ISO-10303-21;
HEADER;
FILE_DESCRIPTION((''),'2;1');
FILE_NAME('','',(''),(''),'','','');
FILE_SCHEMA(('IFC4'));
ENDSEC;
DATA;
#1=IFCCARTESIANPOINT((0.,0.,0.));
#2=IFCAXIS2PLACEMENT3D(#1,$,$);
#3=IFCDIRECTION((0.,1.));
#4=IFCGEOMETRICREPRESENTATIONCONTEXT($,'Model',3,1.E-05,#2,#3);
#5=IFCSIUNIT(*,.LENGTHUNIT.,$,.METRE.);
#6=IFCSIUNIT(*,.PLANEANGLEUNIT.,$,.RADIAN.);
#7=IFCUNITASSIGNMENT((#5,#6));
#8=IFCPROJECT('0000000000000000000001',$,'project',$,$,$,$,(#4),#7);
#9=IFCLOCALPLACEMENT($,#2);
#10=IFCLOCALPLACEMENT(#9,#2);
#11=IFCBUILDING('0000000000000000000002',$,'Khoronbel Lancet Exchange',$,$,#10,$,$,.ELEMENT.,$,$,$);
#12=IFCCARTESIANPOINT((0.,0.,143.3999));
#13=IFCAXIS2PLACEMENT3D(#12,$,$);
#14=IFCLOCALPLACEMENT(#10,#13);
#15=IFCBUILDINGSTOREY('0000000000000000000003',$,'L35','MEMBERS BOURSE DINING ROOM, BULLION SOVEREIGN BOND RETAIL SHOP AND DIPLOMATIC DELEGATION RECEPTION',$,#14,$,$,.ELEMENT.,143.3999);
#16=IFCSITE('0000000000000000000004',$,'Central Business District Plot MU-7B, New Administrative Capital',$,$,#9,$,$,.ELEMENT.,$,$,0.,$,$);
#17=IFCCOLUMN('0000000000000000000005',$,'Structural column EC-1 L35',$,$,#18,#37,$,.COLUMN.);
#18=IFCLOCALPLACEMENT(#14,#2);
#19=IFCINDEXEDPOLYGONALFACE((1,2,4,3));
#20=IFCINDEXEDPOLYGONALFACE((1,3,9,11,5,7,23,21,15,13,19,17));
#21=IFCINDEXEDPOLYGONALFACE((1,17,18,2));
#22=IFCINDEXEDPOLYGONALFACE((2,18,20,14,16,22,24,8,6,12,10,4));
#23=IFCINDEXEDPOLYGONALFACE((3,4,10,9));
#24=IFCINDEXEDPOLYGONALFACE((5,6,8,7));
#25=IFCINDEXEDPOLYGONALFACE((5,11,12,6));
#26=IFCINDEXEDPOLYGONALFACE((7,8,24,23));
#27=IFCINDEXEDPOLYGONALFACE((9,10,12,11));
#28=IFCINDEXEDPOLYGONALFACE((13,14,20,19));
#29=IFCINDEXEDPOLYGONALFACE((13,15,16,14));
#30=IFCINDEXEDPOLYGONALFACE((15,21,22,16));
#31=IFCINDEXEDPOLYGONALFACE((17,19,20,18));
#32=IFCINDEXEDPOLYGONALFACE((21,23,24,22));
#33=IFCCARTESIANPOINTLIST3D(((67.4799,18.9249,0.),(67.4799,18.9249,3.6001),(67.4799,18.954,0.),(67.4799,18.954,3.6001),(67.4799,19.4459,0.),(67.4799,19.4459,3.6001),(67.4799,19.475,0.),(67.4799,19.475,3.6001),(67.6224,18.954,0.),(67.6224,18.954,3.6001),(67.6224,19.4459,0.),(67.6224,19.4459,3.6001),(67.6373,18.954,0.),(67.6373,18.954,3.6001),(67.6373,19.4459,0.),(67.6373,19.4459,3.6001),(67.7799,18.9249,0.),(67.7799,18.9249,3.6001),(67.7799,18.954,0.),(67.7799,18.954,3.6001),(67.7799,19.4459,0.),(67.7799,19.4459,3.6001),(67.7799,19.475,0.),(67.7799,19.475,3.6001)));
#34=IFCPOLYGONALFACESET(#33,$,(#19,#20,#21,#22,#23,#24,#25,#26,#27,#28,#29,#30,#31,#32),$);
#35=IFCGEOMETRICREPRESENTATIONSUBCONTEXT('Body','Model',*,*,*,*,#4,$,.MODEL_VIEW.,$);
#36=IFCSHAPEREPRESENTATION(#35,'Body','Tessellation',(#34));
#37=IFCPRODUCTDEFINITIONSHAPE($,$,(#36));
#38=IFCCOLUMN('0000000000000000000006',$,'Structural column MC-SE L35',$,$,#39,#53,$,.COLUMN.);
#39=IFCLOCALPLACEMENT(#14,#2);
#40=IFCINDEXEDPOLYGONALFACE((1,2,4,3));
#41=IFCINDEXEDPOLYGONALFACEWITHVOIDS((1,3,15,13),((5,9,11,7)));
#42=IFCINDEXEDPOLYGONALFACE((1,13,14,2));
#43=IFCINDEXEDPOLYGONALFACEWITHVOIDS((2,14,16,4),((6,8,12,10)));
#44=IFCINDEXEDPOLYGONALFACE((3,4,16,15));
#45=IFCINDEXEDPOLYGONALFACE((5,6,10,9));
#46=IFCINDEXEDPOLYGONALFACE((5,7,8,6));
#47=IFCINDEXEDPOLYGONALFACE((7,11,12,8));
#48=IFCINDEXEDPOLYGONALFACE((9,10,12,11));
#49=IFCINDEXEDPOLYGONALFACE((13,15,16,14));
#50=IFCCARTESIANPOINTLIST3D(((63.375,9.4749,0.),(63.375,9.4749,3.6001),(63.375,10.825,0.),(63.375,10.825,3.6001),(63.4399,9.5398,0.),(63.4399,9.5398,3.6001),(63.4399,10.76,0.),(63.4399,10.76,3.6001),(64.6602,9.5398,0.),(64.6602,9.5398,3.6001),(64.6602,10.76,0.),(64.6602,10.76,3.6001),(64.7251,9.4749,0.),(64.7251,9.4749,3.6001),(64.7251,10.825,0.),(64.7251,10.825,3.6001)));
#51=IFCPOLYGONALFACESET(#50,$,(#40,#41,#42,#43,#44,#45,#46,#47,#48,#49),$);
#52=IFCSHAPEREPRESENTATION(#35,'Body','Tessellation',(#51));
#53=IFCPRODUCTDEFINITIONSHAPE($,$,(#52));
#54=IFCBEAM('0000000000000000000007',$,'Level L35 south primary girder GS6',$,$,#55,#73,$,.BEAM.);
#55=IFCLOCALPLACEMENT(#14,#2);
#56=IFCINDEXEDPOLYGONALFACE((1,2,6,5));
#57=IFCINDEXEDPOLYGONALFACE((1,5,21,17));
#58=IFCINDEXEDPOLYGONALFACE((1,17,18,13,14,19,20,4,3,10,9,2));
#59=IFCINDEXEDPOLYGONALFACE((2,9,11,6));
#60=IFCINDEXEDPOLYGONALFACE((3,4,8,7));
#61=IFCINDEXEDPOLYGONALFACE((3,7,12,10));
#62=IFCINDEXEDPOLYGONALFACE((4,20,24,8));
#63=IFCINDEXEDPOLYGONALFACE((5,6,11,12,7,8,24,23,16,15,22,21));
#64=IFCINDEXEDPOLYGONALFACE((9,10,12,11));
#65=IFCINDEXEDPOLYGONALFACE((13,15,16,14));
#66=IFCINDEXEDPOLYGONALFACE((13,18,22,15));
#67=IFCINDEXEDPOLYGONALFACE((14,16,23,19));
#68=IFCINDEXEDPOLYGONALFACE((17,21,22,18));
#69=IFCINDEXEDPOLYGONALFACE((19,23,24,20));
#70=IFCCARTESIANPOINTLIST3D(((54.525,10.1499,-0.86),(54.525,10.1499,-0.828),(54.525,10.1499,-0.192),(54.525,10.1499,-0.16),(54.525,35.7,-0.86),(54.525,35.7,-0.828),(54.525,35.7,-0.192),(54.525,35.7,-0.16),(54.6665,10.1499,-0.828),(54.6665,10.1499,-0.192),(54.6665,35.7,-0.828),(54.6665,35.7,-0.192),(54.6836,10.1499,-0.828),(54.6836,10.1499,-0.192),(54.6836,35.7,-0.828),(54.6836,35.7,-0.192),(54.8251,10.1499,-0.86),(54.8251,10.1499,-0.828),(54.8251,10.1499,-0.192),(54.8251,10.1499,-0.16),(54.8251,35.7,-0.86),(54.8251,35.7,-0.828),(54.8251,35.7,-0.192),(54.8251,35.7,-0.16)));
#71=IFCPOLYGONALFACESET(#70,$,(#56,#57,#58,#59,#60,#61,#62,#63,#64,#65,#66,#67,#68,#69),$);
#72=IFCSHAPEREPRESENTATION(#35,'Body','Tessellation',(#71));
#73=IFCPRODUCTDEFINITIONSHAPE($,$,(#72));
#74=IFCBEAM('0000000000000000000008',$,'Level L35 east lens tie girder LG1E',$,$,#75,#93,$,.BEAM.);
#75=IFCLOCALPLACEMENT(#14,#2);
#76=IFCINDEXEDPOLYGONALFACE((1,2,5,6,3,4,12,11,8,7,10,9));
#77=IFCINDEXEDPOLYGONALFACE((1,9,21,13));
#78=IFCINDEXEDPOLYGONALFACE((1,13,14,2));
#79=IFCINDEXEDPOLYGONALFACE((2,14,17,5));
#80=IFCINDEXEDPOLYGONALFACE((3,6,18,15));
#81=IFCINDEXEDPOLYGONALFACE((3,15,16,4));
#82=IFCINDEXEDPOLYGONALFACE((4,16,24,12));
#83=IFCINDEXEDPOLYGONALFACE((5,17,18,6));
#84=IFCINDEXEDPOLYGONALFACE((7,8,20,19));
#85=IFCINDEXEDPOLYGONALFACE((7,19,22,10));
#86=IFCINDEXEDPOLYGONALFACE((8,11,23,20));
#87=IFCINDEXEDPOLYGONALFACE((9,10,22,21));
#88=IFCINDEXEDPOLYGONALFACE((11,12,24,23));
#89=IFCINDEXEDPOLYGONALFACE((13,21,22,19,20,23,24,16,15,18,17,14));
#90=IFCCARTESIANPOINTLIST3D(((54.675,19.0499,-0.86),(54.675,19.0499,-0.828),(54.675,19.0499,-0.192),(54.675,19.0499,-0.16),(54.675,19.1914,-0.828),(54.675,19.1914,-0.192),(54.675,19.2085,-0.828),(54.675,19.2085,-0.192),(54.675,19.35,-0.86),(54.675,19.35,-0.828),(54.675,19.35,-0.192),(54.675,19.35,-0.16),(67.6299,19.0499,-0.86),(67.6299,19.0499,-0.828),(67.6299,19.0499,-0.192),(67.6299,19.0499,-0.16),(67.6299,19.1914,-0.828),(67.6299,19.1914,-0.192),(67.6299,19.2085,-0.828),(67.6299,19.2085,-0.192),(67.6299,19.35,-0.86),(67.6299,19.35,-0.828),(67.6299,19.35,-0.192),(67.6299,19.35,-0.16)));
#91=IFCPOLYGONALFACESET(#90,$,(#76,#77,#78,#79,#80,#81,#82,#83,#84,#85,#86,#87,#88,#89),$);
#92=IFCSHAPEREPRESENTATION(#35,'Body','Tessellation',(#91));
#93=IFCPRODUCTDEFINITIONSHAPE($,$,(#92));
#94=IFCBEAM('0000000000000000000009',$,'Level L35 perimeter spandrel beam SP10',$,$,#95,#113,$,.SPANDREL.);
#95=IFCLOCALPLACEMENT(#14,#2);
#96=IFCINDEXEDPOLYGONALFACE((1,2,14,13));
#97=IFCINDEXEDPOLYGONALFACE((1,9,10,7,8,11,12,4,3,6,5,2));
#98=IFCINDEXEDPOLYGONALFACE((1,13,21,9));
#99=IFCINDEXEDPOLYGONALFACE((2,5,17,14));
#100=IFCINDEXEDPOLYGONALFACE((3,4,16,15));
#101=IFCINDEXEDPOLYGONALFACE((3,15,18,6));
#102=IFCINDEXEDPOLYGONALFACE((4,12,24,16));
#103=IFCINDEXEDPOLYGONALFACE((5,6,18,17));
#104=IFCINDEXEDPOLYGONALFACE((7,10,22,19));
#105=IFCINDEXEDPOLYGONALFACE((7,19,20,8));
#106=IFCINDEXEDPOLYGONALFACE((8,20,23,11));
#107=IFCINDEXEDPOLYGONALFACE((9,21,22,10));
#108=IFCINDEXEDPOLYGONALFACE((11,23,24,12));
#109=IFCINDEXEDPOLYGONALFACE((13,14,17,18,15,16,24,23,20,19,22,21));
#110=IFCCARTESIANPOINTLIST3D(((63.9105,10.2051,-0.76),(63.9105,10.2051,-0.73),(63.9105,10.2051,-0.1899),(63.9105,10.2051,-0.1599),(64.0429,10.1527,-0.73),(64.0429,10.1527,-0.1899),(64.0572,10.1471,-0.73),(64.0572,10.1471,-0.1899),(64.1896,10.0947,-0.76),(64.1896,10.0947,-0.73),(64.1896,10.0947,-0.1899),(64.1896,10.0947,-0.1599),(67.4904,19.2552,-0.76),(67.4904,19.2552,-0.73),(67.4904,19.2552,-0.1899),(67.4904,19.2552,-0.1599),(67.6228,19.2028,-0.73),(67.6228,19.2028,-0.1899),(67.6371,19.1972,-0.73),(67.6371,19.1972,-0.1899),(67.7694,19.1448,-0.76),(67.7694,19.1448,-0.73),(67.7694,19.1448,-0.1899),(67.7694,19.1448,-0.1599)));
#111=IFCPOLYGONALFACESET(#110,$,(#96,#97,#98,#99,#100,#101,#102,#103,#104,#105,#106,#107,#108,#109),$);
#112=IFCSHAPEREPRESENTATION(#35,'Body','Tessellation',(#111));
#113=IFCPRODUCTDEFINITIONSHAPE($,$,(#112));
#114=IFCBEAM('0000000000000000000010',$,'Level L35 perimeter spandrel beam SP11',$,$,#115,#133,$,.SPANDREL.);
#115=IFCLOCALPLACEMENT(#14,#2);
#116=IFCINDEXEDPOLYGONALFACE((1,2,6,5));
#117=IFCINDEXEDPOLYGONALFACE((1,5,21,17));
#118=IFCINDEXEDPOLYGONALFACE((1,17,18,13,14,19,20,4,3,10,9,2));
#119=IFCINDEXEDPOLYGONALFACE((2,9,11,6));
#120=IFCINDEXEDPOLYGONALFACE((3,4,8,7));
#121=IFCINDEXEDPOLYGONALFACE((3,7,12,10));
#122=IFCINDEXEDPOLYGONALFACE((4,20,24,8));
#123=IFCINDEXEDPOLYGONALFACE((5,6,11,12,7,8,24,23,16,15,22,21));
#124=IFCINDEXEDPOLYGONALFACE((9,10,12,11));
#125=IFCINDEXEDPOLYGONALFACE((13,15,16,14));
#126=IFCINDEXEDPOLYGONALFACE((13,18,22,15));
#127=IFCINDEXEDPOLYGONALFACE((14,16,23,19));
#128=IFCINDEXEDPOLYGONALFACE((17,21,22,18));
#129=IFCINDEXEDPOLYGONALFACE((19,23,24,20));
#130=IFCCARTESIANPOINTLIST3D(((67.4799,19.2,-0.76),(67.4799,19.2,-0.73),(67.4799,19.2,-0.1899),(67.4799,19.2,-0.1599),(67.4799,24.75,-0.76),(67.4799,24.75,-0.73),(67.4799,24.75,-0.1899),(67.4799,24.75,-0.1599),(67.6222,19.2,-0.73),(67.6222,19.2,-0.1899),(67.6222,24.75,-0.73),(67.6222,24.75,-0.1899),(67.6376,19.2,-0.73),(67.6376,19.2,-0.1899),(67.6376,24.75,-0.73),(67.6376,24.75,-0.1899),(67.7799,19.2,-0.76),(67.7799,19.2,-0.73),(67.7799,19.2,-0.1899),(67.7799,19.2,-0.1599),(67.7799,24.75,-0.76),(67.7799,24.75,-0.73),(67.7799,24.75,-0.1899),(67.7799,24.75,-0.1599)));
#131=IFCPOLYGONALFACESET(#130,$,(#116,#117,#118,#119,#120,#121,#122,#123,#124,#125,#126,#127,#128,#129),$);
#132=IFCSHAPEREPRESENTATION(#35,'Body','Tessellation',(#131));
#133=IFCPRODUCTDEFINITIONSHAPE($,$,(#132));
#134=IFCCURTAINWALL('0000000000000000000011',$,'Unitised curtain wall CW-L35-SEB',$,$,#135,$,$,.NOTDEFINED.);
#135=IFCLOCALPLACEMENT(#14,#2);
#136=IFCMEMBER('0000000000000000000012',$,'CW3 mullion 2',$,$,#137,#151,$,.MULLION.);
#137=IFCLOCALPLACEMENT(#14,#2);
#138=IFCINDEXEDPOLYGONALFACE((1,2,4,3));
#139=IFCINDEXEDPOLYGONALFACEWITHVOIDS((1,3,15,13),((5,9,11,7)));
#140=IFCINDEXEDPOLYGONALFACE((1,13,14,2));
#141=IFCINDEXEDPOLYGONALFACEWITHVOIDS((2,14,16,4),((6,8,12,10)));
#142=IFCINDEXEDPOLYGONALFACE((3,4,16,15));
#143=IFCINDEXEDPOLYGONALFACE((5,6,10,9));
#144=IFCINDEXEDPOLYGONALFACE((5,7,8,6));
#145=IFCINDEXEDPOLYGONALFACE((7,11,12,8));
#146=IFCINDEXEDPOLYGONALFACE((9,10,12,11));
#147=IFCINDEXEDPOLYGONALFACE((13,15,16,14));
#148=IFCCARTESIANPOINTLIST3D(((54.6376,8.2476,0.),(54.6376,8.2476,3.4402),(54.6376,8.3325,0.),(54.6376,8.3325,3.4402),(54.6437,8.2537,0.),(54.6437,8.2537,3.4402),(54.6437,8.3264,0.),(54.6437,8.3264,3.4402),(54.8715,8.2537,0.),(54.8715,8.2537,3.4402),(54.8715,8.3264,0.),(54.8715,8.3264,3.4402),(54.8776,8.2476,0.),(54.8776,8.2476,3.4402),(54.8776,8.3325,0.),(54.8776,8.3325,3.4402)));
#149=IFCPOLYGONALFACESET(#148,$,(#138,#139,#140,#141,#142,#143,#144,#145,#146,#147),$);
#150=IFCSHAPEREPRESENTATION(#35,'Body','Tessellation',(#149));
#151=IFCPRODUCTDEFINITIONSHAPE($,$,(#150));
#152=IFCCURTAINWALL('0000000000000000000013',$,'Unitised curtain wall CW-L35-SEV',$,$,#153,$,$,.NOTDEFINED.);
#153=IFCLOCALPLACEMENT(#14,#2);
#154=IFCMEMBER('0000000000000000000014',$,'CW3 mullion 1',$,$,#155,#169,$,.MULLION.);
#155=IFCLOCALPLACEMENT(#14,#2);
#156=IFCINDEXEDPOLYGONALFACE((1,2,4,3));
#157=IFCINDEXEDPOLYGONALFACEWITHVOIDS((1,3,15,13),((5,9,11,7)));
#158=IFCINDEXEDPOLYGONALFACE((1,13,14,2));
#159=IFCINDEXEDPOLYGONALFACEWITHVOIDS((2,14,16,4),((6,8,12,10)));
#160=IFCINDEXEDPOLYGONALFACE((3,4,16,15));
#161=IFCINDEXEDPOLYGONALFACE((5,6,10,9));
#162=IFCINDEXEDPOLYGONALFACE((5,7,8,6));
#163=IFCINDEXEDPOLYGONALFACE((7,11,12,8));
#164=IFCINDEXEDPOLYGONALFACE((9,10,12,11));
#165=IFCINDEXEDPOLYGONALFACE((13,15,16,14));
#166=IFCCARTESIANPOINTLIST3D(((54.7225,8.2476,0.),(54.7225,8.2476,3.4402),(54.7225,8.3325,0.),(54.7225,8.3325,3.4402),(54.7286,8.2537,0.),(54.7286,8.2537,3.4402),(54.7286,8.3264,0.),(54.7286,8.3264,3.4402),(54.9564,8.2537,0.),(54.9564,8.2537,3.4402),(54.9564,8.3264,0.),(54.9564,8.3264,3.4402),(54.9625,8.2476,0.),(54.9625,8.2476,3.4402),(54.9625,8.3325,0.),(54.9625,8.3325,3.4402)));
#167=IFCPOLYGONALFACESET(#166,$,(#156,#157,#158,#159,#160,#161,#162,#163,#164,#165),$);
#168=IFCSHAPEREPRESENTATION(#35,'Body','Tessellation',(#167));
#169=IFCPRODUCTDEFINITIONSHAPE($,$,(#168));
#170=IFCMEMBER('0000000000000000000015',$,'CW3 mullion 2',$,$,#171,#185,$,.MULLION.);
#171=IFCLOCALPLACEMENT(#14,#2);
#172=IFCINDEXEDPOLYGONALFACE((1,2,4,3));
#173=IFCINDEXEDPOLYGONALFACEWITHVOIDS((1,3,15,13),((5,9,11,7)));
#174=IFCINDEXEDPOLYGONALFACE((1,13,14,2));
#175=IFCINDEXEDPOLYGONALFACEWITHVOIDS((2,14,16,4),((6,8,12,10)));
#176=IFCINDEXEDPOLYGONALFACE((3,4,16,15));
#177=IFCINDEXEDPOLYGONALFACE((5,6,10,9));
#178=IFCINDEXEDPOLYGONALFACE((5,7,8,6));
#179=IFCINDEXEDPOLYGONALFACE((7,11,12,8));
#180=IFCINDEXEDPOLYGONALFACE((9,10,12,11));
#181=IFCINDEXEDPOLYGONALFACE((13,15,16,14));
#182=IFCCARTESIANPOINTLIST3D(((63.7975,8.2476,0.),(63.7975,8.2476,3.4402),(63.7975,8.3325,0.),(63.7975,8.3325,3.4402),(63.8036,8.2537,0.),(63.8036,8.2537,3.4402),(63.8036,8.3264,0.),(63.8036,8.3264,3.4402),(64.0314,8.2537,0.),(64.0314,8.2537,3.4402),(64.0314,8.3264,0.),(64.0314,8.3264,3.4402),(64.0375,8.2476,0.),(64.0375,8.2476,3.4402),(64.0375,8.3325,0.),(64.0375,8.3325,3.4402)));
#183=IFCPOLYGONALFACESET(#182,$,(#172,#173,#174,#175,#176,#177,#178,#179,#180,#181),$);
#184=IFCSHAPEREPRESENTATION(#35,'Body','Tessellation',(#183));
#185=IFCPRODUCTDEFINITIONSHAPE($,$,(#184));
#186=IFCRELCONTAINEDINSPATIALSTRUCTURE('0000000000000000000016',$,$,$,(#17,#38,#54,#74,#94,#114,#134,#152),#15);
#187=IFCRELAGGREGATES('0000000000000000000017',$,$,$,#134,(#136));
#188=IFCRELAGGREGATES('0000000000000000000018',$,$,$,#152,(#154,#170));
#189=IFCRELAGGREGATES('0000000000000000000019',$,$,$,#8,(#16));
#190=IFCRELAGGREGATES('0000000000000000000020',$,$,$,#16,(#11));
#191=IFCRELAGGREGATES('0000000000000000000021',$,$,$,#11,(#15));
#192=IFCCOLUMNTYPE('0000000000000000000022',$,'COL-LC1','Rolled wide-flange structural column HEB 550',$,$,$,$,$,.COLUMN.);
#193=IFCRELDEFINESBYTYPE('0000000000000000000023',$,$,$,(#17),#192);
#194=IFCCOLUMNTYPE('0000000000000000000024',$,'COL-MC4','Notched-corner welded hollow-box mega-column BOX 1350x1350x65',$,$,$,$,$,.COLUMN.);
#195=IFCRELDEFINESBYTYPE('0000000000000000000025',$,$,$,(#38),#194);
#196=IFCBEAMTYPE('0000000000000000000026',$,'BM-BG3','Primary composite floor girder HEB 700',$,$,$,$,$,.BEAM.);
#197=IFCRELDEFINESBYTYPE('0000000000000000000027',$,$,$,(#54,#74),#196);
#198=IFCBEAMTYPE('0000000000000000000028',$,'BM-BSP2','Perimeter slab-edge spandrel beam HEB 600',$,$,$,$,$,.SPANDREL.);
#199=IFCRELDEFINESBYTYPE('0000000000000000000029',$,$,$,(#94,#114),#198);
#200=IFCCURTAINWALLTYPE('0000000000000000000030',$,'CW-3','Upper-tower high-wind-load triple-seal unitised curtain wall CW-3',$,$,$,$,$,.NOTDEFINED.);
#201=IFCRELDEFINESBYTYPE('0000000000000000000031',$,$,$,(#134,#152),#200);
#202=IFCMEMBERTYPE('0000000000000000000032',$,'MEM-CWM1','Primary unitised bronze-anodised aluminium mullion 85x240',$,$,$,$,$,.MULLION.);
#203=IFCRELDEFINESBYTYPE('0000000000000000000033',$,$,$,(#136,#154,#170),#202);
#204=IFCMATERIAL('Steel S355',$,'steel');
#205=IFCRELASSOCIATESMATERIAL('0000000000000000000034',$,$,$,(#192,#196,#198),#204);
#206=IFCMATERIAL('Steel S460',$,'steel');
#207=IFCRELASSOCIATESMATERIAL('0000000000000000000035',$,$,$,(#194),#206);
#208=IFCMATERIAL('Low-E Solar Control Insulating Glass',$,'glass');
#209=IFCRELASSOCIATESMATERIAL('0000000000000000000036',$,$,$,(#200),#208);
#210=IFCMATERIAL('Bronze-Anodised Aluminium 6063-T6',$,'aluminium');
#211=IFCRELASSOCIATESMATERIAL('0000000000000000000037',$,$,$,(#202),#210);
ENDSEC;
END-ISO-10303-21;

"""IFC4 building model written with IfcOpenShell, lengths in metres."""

from ifc_helpers import new_model, si_unit, direction, frame, origin, origin_2d, place, context, subcontext, project, spatial, hollow_rectangle, i_section, extrude, material, material_profile, profile_set, type_object, element, aggregate, save


model = new_model("IFC4")

# Units and contexts
model_context = context("Model", 3, precision=1e-05, world=origin(), true_north=direction((0.0, 1.0)))
body_context = subcontext(model_context, "Body", "Model", "MODEL_VIEW")
ifc_project = project(units=[si_unit("LENGTHUNIT", "METRE"), si_unit("PLANEANGLEUNIT", "RADIAN")], contexts=[model_context])

# Site, building, storey
site_placement = place(None, origin())
site = spatial("IfcSite", under=ifc_project, at=site_placement, Name="Central Business District Plot MU-7B, New Administrative Capital", CompositionType="ELEMENT", RefElevation=0.0)
building_placement = place(site_placement, origin())
building = spatial("IfcBuilding", under=site, at=building_placement, Name="Khoronbel Lancet Exchange", CompositionType="ELEMENT")
storey_placement = place(building_placement, frame((0.0, 0.0, 143.3999)))
storey = spatial("IfcBuildingStorey", under=building, at=storey_placement, Name="L35", Description="MEMBERS BOURSE DINING ROOM, BULLION SOVEREIGN BOND RETAIL SHOP AND DIPLOMATIC DELEGATION RECEPTION", CompositionType="ELEMENT", Elevation=143.3999)

# Columns
ifc_material_1 = material(Name="Steel S355", Category="steel")
ifc_material_profile_1 = material_profile(ifc_material_1, i_section(OverallWidth=0.3, OverallDepth=0.55, WebThickness=0.0149, FlangeThickness=0.0291, at=origin_2d()), Name="HEB 550")
ifc_profile_set_1 = profile_set([ifc_material_profile_1], Name="Steel S355")
column_type_1 = type_object("IfcColumnType", Name="COL-LC1", Description="Rolled wide-flange structural column HEB 550", PredefinedType="COLUMN", material=ifc_profile_set_1)
column_1_placement = place(storey_placement, frame((67.6299, 19.2, 0.0), z_axis=(0.0, 0.0, 1.0), x_axis=(1.0, 0.0, 0.0)))
element("IfcColumn", 1, at=column_1_placement, inside=storey, type_object=column_type_1, Name="Structural column EC-1 L35", PredefinedType="COLUMN", context=body_context, shape_type="SweptSolid", body=[
    extrude(i_section(OverallWidth=0.3, OverallDepth=0.55, WebThickness=0.0149, FlangeThickness=0.0291, at=origin_2d()), origin(), (0.0, 0.0, 1.0), 3.6001),
])
ifc_material_2 = material(Name="Steel S460", Category="steel")
ifc_material_profile_2 = material_profile(ifc_material_2, hollow_rectangle(XDim=1.3501, YDim=1.3501, WallThickness=0.0649, at=origin_2d()), Name="BOX 1350x1350x65")
ifc_profile_set_2 = profile_set([ifc_material_profile_2], Name="Steel S460")
column_type_2 = type_object("IfcColumnType", Name="COL-MC4", Description="Notched-corner welded hollow-box mega-column BOX 1350x1350x65", PredefinedType="COLUMN", material=ifc_profile_set_2)
column_2_placement = place(storey_placement, frame((64.05, 10.1499, 0.0), z_axis=(0.0, 0.0, 1.0), x_axis=(1.0, 0.0, 0.0)))
element("IfcColumn", 2, at=column_2_placement, inside=storey, type_object=column_type_2, Name="Structural column MC-SE L35", PredefinedType="COLUMN", context=body_context, shape_type="SweptSolid", body=[
    extrude(hollow_rectangle(XDim=1.3501, YDim=1.3501, WallThickness=0.0649, at=origin_2d()), origin(), (0.0, 0.0, 1.0), 3.6001),
])

# Beams
ifc_material_profile_3 = material_profile(ifc_material_1, i_section(OverallWidth=0.3, OverallDepth=0.7, WebThickness=0.0171, FlangeThickness=0.032, at=origin_2d()), Name="HEB 700")
ifc_profile_set_3 = profile_set([ifc_material_profile_3], Name="Steel S355")
beam_type_1 = type_object("IfcBeamType", Name="BM-BG3", Description="Primary composite floor girder HEB 700", PredefinedType="BEAM", material=ifc_profile_set_3)
beam_1_placement = place(storey_placement, frame((54.675, 10.1499, -0.51), z_axis=(0.0, 1.0, 0.0), x_axis=(-1.0, 0.0, 0.0)))
element("IfcBeam", 3, at=beam_1_placement, inside=storey, type_object=beam_type_1, Name="Level L35 south primary girder GS6", PredefinedType="BEAM", context=body_context, shape_type="SweptSolid", body=[
    extrude(i_section(OverallWidth=0.3, OverallDepth=0.7, WebThickness=0.0171, FlangeThickness=0.032, at=origin_2d()), origin(), (0.0, 0.0, 1.0), 25.55),
])
beam_2_placement = place(storey_placement, frame((54.675, 19.2, -0.51), z_axis=(1.0, 0.0, 0.0), x_axis=(0.0, 1.0, 0.0)))
element("IfcBeam", 4, at=beam_2_placement, inside=storey, type_object=beam_type_1, Name="Level L35 east lens tie girder LG1E", PredefinedType="BEAM", context=body_context, shape_type="SweptSolid", body=[
    extrude(i_section(OverallWidth=0.3, OverallDepth=0.7, WebThickness=0.0171, FlangeThickness=0.032, at=origin_2d()), origin(), (0.0, 0.0, 1.0), 12.9548),
])
ifc_material_profile_4 = material_profile(ifc_material_1, i_section(OverallWidth=0.3, OverallDepth=0.6001, WebThickness=0.0154, FlangeThickness=0.03, at=origin_2d()), Name="HEB 600")
ifc_profile_set_4 = profile_set([ifc_material_profile_4], Name="Steel S355")
beam_type_2 = type_object("IfcBeamType", Name="BM-BSP2", Description="Perimeter slab-edge spandrel beam HEB 600", PredefinedType="SPANDREL", material=ifc_profile_set_4)
beam_3_placement = place(storey_placement, frame((64.05, 10.1499, -0.46), z_axis=(0.367828, 0.929894, 0.0), x_axis=(-0.929894, 0.367828, 0.0)))
element("IfcBeam", 5, at=beam_3_placement, inside=storey, type_object=beam_type_2, Name="Level L35 perimeter spandrel beam SP10", PredefinedType="SPANDREL", context=body_context, shape_type="SweptSolid", body=[
    extrude(i_section(OverallWidth=0.3, OverallDepth=0.6001, WebThickness=0.0154, FlangeThickness=0.03, at=origin_2d()), origin(), (0.0, 0.0, 1.0), 9.7324),
])
beam_4_placement = place(storey_placement, frame((67.6299, 19.2, -0.46), z_axis=(0.0, 1.0, 0.0), x_axis=(-1.0, 0.0, 0.0)))
element("IfcBeam", 6, at=beam_4_placement, inside=storey, type_object=beam_type_2, Name="Level L35 perimeter spandrel beam SP11", PredefinedType="SPANDREL", context=body_context, shape_type="SweptSolid", body=[
    extrude(i_section(OverallWidth=0.3, OverallDepth=0.6001, WebThickness=0.0154, FlangeThickness=0.03, at=origin_2d()), origin(), (0.0, 0.0, 1.0), 5.55),
])

# Curtain wall, member
ifc_material_3 = material(Name="Low-E Solar Control Insulating Glass", Category="glass")
curtain_wall_type_1 = type_object("IfcCurtainWallType", Name="CW-3", Description="Upper-tower high-wind-load triple-seal unitised curtain wall CW-3", PredefinedType="NOTDEFINED", material=ifc_material_3)
curtain_wall_1_placement = place(storey_placement, origin())
curtain_wall_1 = element("IfcCurtainWall", 7, at=curtain_wall_1_placement, inside=storey, type_object=curtain_wall_type_1, Name="Unitised curtain wall CW-L35-SEB", PredefinedType="NOTDEFINED")
ifc_material_4 = material(Name="Bronze-Anodised Aluminium 6063-T6", Category="aluminium")
ifc_material_profile_5 = material_profile(ifc_material_4, hollow_rectangle(XDim=0.085, YDim=0.24, WallThickness=0.0061, at=origin_2d()), Name="ALU MULLION 85x240")
ifc_profile_set_5 = profile_set([ifc_material_profile_5], Name="Bronze-Anodised Aluminium 6063-T6")
member_type_1 = type_object("IfcMemberType", Name="MEM-CWM1", Description="Primary unitised bronze-anodised aluminium mullion 85x240", PredefinedType="MULLION", material=ifc_profile_set_5)
member_1_placement = place(storey_placement, frame((54.7576, 8.29, 0.0), z_axis=(0.0, 0.0, 1.0), x_axis=(0.0, 1.0, 0.0)))
member_1 = element("IfcMember", 8, at=member_1_placement, type_object=member_type_1, Name="CW3 mullion 2", PredefinedType="MULLION", context=body_context, shape_type="SweptSolid", body=[
    extrude(hollow_rectangle(XDim=0.085, YDim=0.24, WallThickness=0.0061, at=origin_2d()), origin(), (0.0, 0.0, 1.0), 3.4402),
])
aggregate(curtain_wall_1, [member_1])

# Curtain wall, members
curtain_wall_2_placement = place(storey_placement, origin())
curtain_wall_2 = element("IfcCurtainWall", 9, at=curtain_wall_2_placement, inside=storey, type_object=curtain_wall_type_1, Name="Unitised curtain wall CW-L35-SEV", PredefinedType="NOTDEFINED")
member_2_placement = place(storey_placement, frame((54.8425, 8.29, 0.0), z_axis=(0.0, 0.0, 1.0), x_axis=(0.0, 1.0, 0.0)))
member_2 = element("IfcMember", 10, at=member_2_placement, type_object=member_type_1, Name="CW3 mullion 1", PredefinedType="MULLION", context=body_context, shape_type="SweptSolid", body=[
    extrude(hollow_rectangle(XDim=0.085, YDim=0.24, WallThickness=0.0061, at=origin_2d()), origin(), (0.0, 0.0, 1.0), 3.4402),
])
member_3_placement = place(storey_placement, frame((63.9175, 8.29, 0.0), z_axis=(0.0, 0.0, 1.0), x_axis=(0.0, 1.0, 0.0)))
member_3 = element("IfcMember", 11, at=member_3_placement, type_object=member_type_1, Name="CW3 mullion 2", PredefinedType="MULLION", context=body_context, shape_type="SweptSolid", body=[
    extrude(hollow_rectangle(XDim=0.085, YDim=0.24, WallThickness=0.0061, at=origin_2d()), origin(), (0.0, 0.0, 1.0), 3.4402),
])

aggregate(curtain_wall_2, [member_2, member_3])

save(model, "model.ifc")
